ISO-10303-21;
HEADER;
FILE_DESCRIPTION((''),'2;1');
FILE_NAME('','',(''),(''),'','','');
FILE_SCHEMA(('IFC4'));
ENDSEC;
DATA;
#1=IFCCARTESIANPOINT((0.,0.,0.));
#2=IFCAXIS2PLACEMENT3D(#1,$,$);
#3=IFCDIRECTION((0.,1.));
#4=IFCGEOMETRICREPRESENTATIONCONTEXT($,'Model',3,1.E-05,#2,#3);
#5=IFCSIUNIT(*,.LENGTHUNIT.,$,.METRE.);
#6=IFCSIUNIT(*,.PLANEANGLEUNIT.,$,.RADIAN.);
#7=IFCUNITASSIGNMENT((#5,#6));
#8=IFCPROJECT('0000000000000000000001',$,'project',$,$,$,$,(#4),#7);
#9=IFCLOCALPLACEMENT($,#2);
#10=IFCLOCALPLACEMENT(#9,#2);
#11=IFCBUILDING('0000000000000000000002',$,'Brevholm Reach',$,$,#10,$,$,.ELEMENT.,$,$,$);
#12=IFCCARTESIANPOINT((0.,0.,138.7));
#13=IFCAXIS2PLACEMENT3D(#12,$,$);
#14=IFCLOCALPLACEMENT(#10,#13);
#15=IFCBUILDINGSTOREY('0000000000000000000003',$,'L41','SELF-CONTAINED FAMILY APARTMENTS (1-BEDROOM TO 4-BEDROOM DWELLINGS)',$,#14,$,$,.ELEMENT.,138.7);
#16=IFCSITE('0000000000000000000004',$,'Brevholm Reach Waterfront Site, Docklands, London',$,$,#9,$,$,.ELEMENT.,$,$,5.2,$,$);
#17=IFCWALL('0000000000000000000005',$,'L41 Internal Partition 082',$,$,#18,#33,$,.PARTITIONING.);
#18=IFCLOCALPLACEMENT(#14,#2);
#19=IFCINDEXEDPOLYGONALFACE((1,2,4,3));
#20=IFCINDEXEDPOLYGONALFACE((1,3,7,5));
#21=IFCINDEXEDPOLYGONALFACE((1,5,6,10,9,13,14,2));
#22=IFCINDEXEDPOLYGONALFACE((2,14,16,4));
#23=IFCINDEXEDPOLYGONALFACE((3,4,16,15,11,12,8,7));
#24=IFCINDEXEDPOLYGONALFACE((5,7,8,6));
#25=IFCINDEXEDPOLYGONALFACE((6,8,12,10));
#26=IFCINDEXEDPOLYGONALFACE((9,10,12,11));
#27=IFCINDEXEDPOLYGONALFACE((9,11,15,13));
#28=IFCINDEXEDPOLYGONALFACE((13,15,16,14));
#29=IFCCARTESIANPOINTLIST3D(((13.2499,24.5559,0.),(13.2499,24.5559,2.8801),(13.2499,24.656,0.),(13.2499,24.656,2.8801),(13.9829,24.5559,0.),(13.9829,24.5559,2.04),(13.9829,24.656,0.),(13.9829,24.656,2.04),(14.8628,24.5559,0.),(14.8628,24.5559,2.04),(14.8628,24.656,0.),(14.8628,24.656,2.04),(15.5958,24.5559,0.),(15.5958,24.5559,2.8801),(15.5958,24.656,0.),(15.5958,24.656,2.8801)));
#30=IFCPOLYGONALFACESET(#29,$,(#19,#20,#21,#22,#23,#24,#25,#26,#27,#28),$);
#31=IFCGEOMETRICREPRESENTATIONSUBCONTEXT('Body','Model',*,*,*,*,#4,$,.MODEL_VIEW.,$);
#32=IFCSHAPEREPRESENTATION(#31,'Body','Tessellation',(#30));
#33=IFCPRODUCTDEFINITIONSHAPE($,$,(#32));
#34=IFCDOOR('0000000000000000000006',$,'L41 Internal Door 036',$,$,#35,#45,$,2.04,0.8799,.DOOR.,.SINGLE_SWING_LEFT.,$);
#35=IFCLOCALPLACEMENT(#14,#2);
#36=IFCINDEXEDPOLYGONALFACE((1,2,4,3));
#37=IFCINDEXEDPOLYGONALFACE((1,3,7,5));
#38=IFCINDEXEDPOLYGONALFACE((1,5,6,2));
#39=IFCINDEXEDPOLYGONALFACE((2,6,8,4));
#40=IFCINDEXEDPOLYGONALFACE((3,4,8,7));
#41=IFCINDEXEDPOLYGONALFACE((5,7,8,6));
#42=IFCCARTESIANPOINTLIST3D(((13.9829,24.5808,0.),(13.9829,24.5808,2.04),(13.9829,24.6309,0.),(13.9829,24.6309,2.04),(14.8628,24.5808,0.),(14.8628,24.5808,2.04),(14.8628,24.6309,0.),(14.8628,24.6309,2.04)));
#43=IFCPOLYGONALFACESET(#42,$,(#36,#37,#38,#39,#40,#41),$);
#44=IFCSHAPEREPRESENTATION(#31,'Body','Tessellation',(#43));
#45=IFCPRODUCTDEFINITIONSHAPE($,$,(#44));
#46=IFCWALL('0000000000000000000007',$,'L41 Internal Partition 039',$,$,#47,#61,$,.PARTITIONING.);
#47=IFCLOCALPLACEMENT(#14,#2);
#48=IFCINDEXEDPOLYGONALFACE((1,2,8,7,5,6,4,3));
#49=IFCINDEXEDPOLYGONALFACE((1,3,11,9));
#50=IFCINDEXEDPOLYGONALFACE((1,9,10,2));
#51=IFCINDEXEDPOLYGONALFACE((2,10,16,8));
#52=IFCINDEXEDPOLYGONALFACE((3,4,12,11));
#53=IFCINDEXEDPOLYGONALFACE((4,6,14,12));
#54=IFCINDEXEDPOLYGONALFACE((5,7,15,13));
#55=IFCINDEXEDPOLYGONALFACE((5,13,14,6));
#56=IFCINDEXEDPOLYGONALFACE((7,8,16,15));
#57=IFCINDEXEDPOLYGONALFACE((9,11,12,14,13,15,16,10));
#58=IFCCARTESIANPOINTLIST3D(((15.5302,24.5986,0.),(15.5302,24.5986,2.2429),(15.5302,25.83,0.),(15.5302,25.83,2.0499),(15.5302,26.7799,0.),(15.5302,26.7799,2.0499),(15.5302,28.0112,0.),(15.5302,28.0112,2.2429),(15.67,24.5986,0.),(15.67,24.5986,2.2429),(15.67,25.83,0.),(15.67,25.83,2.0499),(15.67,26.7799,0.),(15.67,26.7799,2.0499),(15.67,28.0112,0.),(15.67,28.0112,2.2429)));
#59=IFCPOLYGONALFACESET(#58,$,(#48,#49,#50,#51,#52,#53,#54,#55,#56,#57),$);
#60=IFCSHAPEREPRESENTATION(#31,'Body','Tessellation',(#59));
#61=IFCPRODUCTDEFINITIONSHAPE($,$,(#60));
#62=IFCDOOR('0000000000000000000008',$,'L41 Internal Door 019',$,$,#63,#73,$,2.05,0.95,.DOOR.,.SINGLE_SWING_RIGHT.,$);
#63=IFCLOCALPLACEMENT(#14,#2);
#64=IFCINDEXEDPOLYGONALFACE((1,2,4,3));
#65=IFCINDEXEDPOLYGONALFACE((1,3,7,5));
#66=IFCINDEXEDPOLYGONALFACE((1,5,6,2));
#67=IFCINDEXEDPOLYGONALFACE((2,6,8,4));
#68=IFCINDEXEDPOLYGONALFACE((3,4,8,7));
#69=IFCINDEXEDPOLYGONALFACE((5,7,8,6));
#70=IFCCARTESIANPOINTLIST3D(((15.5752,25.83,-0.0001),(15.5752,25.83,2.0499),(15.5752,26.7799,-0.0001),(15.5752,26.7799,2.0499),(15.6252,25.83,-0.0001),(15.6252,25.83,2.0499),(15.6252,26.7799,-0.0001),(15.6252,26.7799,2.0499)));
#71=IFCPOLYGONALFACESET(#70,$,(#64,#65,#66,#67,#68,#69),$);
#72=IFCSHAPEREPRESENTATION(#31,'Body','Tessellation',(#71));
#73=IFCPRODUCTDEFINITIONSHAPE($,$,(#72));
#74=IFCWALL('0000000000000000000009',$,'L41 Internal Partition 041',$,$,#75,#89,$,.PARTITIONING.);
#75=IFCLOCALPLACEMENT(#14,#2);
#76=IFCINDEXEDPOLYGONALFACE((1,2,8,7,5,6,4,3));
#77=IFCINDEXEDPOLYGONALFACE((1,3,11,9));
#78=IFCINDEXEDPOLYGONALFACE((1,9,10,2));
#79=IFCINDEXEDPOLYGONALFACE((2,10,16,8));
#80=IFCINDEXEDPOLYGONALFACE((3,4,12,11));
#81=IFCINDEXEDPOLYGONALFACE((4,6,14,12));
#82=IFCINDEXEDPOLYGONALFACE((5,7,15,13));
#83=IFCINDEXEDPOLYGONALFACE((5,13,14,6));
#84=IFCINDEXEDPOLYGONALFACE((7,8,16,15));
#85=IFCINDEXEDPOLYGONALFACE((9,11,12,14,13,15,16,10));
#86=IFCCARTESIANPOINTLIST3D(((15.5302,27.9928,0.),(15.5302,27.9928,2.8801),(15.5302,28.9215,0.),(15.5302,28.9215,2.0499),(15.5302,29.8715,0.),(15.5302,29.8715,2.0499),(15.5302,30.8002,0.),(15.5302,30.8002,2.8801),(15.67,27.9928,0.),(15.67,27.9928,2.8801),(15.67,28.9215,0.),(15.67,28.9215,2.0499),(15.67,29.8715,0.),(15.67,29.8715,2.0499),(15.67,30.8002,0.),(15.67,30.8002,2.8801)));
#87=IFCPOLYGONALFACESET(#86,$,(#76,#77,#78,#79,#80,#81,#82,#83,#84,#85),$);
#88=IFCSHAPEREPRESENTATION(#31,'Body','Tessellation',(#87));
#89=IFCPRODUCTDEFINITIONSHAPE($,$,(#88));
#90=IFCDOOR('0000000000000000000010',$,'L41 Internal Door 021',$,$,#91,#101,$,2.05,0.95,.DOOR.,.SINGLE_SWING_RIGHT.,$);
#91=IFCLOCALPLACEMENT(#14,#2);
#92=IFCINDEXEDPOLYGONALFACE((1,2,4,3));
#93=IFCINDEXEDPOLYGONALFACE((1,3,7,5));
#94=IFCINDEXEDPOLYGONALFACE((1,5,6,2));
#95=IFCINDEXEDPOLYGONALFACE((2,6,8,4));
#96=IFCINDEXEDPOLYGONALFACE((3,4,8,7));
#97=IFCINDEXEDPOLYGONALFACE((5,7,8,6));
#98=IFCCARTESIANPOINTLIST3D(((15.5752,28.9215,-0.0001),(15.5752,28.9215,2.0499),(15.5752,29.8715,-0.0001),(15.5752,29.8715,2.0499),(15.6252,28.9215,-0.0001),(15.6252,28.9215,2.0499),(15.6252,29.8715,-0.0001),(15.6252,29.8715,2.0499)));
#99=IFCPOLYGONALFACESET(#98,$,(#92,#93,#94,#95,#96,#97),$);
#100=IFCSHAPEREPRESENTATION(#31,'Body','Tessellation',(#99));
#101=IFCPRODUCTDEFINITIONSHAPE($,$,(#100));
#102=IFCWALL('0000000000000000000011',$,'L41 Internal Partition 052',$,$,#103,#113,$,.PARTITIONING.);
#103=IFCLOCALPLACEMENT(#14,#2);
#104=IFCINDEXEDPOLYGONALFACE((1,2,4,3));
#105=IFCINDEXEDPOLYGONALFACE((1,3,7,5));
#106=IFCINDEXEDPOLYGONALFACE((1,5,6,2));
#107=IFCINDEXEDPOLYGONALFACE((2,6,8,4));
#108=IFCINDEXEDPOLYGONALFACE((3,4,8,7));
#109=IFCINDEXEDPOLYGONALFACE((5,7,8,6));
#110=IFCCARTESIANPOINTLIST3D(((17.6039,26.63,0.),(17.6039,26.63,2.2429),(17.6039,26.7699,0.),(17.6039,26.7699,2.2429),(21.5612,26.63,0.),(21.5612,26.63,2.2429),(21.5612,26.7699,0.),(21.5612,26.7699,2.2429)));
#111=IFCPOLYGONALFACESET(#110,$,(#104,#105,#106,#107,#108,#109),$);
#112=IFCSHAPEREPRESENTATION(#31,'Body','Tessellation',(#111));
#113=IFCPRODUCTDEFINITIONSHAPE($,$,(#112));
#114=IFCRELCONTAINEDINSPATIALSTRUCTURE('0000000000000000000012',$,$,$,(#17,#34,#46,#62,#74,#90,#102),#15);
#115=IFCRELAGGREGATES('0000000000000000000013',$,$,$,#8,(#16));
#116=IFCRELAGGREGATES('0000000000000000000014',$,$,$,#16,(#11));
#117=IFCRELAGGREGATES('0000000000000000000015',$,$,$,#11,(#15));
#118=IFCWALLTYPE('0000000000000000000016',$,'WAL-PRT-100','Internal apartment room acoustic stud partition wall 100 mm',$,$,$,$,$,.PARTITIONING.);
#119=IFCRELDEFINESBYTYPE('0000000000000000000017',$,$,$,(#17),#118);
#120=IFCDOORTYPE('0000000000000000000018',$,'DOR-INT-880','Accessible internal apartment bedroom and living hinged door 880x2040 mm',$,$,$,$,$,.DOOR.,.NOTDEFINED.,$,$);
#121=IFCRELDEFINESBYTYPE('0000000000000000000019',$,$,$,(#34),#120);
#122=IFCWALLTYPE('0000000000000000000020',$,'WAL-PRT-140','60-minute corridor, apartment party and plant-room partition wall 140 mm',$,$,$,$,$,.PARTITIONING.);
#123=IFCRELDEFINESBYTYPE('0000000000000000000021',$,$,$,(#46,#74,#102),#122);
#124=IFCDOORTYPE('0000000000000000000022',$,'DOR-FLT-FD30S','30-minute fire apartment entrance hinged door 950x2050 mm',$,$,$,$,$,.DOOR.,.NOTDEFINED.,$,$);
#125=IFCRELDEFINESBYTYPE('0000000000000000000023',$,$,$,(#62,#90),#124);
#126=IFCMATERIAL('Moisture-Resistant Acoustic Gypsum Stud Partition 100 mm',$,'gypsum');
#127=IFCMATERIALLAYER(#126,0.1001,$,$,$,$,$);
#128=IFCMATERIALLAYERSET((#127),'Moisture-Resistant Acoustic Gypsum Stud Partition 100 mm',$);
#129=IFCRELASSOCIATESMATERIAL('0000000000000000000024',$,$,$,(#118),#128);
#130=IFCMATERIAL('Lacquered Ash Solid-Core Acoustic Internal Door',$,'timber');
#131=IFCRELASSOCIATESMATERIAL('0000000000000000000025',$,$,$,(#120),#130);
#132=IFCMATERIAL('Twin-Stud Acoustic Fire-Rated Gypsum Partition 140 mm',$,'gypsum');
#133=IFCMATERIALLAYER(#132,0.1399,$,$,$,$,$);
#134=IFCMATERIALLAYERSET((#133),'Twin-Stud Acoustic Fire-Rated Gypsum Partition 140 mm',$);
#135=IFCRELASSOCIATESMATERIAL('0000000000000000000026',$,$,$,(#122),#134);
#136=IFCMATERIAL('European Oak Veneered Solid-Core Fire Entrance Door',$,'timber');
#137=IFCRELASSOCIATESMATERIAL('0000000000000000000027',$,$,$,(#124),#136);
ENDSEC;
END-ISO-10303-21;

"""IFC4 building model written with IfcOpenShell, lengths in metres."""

from ifc_helpers import new_model, si_unit, direction, frame, frame_2d, origin, place, context, subcontext, project, spatial, rectangle, extrude, material, layer, layer_set, type_object, element, fill, save


model = new_model("IFC4")

# Units and contexts
model_context = context("Model", 3, precision=1e-05, world=origin(), true_north=direction((0.0, 1.0)))
body_context = subcontext(model_context, "Body", "Model", "MODEL_VIEW")
ifc_project = project(units=[si_unit("LENGTHUNIT", "METRE"), si_unit("PLANEANGLEUNIT", "RADIAN")], contexts=[model_context])

# Site, building, storey
site_placement = place(None, origin())
site = spatial("IfcSite", under=ifc_project, at=site_placement, Name="Brevholm Reach Waterfront Site, Docklands, London", CompositionType="ELEMENT", RefElevation=5.2)
building_placement = place(site_placement, origin())
building = spatial("IfcBuilding", under=site, at=building_placement, Name="Brevholm Reach", CompositionType="ELEMENT")
storey_placement = place(building_placement, frame((0.0, 0.0, 138.7)))
storey = spatial("IfcBuildingStorey", under=building, at=storey_placement, Name="L41", Description="SELF-CONTAINED FAMILY APARTMENTS (1-BEDROOM TO 4-BEDROOM DWELLINGS)", CompositionType="ELEMENT", Elevation=138.7)

# Walls, openings, doors
ifc_material_1 = material(Name="Moisture-Resistant Acoustic Gypsum Stud Partition 100 mm", Category="gypsum")
ifc_layer_1 = layer(ifc_material_1, 0.1001)
ifc_layer_set_1 = layer_set([ifc_layer_1], Name="Moisture-Resistant Acoustic Gypsum Stud Partition 100 mm")
wall_type_1 = type_object("IfcWallType", Name="WAL-PRT-100", Description="Internal apartment room acoustic stud partition wall 100 mm", PredefinedType="PARTITIONING", material=ifc_layer_set_1)
wall_1_placement = place(storey_placement, frame((13.25, 24.606, 0.0), z_axis=(0.0, 0.0, 1.0), x_axis=(1.0, 0.0, 0.0)))
wall_1 = element("IfcWall", 1, at=wall_1_placement, inside=storey, type_object=wall_type_1, Name="L41 Internal Partition 082", PredefinedType="PARTITIONING", context=body_context, shape_type="SweptSolid", body=[
    extrude(rectangle(XDim=2.3459, YDim=0.1001, at=frame_2d((1.1729, 0.0))), origin(), (0.0, 0.0, 1.0), 2.8801),
])
opening_1_placement = place(wall_1_placement, frame((0.7329, 0.0, 0.0)))
opening_1 = element("IfcOpeningElement", 2, at=opening_1_placement, cuts=wall_1, PredefinedType="OPENING", context=body_context, shape_type="SweptSolid", body=[
    extrude(rectangle(XDim=0.8799, YDim=2.04, at=frame_2d((0.4399, 1.02))), frame((0.0, 0.0601, 0.0), z_axis=(0.0, -1.0, 0.0), x_axis=(1.0, 0.0, 0.0)), (0.0, 0.0, 1.0), 0.1201),
])
ifc_material_2 = material(Name="Lacquered Ash Solid-Core Acoustic Internal Door", Category="timber")
door_type_1 = type_object("IfcDoorType", Name="DOR-INT-880", Description="Accessible internal apartment bedroom and living hinged door 880x2040 mm", OperationType="NOTDEFINED", PredefinedType="DOOR", material=ifc_material_2)
door_1_placement = place(opening_1_placement, origin())
door_1 = element("IfcDoor", 3, at=door_1_placement, inside=storey, type_object=door_type_1, Name="L41 Internal Door 036", OperationType="SINGLE_SWING_LEFT", OverallHeight=2.04, OverallWidth=0.8799, PredefinedType="DOOR", context=body_context, shape_type="SweptSolid", body=[
    extrude(rectangle(XDim=0.8799, YDim=2.04, at=frame_2d((0.4399, 1.02))), frame((0.0, 0.0249, 0.0), z_axis=(0.0, -1.0, 0.0), x_axis=(1.0, 0.0, 0.0)), (0.0, 0.0, 1.0), 0.05),
])
fill(opening_1, door_1)
ifc_material_3 = material(Name="Twin-Stud Acoustic Fire-Rated Gypsum Partition 140 mm", Category="gypsum")
ifc_layer_2 = layer(ifc_material_3, 0.1399)
ifc_layer_set_2 = layer_set([ifc_layer_2], Name="Twin-Stud Acoustic Fire-Rated Gypsum Partition 140 mm")
wall_type_2 = type_object("IfcWallType", Name="WAL-PRT-140", Description="60-minute corridor, apartment party and plant-room partition wall 140 mm", PredefinedType="PARTITIONING", material=ifc_layer_set_2)
wall_2_placement = place(storey_placement, frame((15.6001, 24.5986, 0.0), z_axis=(0.0, 0.0, 1.0), x_axis=(0.0, 1.0, 0.0)))
wall_2 = element("IfcWall", 4, at=wall_2_placement, inside=storey, type_object=wall_type_2, Name="L41 Internal Partition 039", PredefinedType="PARTITIONING", context=body_context, shape_type="SweptSolid", body=[
    extrude(rectangle(XDim=3.4126, YDim=0.1399, at=frame_2d((1.7063, 0.0))), origin(), (0.0, 0.0, 1.0), 2.2429),
])
opening_2_placement = place(wall_2_placement, frame((1.2312, 0.0, 0.0)))
opening_2 = element("IfcOpeningElement", 5, at=opening_2_placement, cuts=wall_2, PredefinedType="OPENING", context=body_context, shape_type="SweptSolid", body=[
    extrude(rectangle(XDim=0.95, YDim=2.05, at=frame_2d((0.4751, 1.0249))), frame((0.0, 0.0798, 0.0), z_axis=(0.0, -1.0, 0.0), x_axis=(1.0, 0.0, 0.0)), (0.0, 0.0, 1.0), 0.1599),
])
ifc_material_4 = material(Name="European Oak Veneered Solid-Core Fire Entrance Door", Category="timber")
door_type_2 = type_object("IfcDoorType", Name="DOR-FLT-FD30S", Description="30-minute fire apartment entrance hinged door 950x2050 mm", OperationType="NOTDEFINED", PredefinedType="DOOR", material=ifc_material_4)
door_2_placement = place(opening_2_placement, origin())
door_2 = element("IfcDoor", 6, at=door_2_placement, inside=storey, type_object=door_type_2, Name="L41 Internal Door 019", OperationType="SINGLE_SWING_RIGHT", OverallHeight=2.05, OverallWidth=0.95, PredefinedType="DOOR", context=body_context, shape_type="SweptSolid", body=[
    extrude(rectangle(XDim=0.95, YDim=2.05, at=frame_2d((0.4751, 1.0249))), frame((0.0, 0.0249, 0.0), z_axis=(0.0, -1.0, 0.0), x_axis=(1.0, 0.0, 0.0)), (0.0, 0.0, 1.0), 0.05),
])
fill(opening_2, door_2)
wall_3_placement = place(storey_placement, frame((15.6001, 27.9927, 0.0), z_axis=(0.0, 0.0, 1.0), x_axis=(0.0, 1.0, 0.0)))
wall_3 = element("IfcWall", 7, at=wall_3_placement, inside=storey, type_object=wall_type_2, Name="L41 Internal Partition 041", PredefinedType="PARTITIONING", context=body_context, shape_type="SweptSolid", body=[
    extrude(rectangle(XDim=2.8074, YDim=0.1399, at=frame_2d((1.4038, 0.0))), origin(), (0.0, 0.0, 1.0), 2.8801),
])
opening_3_placement = place(wall_3_placement, frame((0.9287, 0.0, 0.0)))
opening_3 = element("IfcOpeningElement", 8, at=opening_3_placement, cuts=wall_3, PredefinedType="OPENING", context=body_context, shape_type="SweptSolid", body=[
    extrude(rectangle(XDim=0.95, YDim=2.05, at=frame_2d((0.4751, 1.0249))), frame((0.0, 0.0798, 0.0), z_axis=(0.0, -1.0, 0.0), x_axis=(1.0, 0.0, 0.0)), (0.0, 0.0, 1.0), 0.1599),
])
door_3_placement = place(opening_3_placement, origin())
door_3 = element("IfcDoor", 9, at=door_3_placement, inside=storey, type_object=door_type_2, Name="L41 Internal Door 021", OperationType="SINGLE_SWING_RIGHT", OverallHeight=2.05, OverallWidth=0.95, PredefinedType="DOOR", context=body_context, shape_type="SweptSolid", body=[
    extrude(rectangle(XDim=0.95, YDim=2.05, at=frame_2d((0.4751, 1.0249))), frame((0.0, 0.0249, 0.0), z_axis=(0.0, -1.0, 0.0), x_axis=(1.0, 0.0, 0.0)), (0.0, 0.0, 1.0), 0.05),
])
fill(opening_3, door_3)

# Wall
wall_4_placement = place(storey_placement, frame((17.604, 26.7, 0.0), z_axis=(0.0, 0.0, 1.0), x_axis=(1.0, 0.0, 0.0)))
element("IfcWall", 10, at=wall_4_placement, inside=storey, type_object=wall_type_2, Name="L41 Internal Partition 052", PredefinedType="PARTITIONING", context=body_context, shape_type="SweptSolid", body=[
    extrude(rectangle(XDim=3.9573, YDim=0.1399, at=frame_2d((1.9785, 0.0))), origin(), (0.0, 0.0, 1.0), 2.2429),
])

save(model, "model.ifc")
